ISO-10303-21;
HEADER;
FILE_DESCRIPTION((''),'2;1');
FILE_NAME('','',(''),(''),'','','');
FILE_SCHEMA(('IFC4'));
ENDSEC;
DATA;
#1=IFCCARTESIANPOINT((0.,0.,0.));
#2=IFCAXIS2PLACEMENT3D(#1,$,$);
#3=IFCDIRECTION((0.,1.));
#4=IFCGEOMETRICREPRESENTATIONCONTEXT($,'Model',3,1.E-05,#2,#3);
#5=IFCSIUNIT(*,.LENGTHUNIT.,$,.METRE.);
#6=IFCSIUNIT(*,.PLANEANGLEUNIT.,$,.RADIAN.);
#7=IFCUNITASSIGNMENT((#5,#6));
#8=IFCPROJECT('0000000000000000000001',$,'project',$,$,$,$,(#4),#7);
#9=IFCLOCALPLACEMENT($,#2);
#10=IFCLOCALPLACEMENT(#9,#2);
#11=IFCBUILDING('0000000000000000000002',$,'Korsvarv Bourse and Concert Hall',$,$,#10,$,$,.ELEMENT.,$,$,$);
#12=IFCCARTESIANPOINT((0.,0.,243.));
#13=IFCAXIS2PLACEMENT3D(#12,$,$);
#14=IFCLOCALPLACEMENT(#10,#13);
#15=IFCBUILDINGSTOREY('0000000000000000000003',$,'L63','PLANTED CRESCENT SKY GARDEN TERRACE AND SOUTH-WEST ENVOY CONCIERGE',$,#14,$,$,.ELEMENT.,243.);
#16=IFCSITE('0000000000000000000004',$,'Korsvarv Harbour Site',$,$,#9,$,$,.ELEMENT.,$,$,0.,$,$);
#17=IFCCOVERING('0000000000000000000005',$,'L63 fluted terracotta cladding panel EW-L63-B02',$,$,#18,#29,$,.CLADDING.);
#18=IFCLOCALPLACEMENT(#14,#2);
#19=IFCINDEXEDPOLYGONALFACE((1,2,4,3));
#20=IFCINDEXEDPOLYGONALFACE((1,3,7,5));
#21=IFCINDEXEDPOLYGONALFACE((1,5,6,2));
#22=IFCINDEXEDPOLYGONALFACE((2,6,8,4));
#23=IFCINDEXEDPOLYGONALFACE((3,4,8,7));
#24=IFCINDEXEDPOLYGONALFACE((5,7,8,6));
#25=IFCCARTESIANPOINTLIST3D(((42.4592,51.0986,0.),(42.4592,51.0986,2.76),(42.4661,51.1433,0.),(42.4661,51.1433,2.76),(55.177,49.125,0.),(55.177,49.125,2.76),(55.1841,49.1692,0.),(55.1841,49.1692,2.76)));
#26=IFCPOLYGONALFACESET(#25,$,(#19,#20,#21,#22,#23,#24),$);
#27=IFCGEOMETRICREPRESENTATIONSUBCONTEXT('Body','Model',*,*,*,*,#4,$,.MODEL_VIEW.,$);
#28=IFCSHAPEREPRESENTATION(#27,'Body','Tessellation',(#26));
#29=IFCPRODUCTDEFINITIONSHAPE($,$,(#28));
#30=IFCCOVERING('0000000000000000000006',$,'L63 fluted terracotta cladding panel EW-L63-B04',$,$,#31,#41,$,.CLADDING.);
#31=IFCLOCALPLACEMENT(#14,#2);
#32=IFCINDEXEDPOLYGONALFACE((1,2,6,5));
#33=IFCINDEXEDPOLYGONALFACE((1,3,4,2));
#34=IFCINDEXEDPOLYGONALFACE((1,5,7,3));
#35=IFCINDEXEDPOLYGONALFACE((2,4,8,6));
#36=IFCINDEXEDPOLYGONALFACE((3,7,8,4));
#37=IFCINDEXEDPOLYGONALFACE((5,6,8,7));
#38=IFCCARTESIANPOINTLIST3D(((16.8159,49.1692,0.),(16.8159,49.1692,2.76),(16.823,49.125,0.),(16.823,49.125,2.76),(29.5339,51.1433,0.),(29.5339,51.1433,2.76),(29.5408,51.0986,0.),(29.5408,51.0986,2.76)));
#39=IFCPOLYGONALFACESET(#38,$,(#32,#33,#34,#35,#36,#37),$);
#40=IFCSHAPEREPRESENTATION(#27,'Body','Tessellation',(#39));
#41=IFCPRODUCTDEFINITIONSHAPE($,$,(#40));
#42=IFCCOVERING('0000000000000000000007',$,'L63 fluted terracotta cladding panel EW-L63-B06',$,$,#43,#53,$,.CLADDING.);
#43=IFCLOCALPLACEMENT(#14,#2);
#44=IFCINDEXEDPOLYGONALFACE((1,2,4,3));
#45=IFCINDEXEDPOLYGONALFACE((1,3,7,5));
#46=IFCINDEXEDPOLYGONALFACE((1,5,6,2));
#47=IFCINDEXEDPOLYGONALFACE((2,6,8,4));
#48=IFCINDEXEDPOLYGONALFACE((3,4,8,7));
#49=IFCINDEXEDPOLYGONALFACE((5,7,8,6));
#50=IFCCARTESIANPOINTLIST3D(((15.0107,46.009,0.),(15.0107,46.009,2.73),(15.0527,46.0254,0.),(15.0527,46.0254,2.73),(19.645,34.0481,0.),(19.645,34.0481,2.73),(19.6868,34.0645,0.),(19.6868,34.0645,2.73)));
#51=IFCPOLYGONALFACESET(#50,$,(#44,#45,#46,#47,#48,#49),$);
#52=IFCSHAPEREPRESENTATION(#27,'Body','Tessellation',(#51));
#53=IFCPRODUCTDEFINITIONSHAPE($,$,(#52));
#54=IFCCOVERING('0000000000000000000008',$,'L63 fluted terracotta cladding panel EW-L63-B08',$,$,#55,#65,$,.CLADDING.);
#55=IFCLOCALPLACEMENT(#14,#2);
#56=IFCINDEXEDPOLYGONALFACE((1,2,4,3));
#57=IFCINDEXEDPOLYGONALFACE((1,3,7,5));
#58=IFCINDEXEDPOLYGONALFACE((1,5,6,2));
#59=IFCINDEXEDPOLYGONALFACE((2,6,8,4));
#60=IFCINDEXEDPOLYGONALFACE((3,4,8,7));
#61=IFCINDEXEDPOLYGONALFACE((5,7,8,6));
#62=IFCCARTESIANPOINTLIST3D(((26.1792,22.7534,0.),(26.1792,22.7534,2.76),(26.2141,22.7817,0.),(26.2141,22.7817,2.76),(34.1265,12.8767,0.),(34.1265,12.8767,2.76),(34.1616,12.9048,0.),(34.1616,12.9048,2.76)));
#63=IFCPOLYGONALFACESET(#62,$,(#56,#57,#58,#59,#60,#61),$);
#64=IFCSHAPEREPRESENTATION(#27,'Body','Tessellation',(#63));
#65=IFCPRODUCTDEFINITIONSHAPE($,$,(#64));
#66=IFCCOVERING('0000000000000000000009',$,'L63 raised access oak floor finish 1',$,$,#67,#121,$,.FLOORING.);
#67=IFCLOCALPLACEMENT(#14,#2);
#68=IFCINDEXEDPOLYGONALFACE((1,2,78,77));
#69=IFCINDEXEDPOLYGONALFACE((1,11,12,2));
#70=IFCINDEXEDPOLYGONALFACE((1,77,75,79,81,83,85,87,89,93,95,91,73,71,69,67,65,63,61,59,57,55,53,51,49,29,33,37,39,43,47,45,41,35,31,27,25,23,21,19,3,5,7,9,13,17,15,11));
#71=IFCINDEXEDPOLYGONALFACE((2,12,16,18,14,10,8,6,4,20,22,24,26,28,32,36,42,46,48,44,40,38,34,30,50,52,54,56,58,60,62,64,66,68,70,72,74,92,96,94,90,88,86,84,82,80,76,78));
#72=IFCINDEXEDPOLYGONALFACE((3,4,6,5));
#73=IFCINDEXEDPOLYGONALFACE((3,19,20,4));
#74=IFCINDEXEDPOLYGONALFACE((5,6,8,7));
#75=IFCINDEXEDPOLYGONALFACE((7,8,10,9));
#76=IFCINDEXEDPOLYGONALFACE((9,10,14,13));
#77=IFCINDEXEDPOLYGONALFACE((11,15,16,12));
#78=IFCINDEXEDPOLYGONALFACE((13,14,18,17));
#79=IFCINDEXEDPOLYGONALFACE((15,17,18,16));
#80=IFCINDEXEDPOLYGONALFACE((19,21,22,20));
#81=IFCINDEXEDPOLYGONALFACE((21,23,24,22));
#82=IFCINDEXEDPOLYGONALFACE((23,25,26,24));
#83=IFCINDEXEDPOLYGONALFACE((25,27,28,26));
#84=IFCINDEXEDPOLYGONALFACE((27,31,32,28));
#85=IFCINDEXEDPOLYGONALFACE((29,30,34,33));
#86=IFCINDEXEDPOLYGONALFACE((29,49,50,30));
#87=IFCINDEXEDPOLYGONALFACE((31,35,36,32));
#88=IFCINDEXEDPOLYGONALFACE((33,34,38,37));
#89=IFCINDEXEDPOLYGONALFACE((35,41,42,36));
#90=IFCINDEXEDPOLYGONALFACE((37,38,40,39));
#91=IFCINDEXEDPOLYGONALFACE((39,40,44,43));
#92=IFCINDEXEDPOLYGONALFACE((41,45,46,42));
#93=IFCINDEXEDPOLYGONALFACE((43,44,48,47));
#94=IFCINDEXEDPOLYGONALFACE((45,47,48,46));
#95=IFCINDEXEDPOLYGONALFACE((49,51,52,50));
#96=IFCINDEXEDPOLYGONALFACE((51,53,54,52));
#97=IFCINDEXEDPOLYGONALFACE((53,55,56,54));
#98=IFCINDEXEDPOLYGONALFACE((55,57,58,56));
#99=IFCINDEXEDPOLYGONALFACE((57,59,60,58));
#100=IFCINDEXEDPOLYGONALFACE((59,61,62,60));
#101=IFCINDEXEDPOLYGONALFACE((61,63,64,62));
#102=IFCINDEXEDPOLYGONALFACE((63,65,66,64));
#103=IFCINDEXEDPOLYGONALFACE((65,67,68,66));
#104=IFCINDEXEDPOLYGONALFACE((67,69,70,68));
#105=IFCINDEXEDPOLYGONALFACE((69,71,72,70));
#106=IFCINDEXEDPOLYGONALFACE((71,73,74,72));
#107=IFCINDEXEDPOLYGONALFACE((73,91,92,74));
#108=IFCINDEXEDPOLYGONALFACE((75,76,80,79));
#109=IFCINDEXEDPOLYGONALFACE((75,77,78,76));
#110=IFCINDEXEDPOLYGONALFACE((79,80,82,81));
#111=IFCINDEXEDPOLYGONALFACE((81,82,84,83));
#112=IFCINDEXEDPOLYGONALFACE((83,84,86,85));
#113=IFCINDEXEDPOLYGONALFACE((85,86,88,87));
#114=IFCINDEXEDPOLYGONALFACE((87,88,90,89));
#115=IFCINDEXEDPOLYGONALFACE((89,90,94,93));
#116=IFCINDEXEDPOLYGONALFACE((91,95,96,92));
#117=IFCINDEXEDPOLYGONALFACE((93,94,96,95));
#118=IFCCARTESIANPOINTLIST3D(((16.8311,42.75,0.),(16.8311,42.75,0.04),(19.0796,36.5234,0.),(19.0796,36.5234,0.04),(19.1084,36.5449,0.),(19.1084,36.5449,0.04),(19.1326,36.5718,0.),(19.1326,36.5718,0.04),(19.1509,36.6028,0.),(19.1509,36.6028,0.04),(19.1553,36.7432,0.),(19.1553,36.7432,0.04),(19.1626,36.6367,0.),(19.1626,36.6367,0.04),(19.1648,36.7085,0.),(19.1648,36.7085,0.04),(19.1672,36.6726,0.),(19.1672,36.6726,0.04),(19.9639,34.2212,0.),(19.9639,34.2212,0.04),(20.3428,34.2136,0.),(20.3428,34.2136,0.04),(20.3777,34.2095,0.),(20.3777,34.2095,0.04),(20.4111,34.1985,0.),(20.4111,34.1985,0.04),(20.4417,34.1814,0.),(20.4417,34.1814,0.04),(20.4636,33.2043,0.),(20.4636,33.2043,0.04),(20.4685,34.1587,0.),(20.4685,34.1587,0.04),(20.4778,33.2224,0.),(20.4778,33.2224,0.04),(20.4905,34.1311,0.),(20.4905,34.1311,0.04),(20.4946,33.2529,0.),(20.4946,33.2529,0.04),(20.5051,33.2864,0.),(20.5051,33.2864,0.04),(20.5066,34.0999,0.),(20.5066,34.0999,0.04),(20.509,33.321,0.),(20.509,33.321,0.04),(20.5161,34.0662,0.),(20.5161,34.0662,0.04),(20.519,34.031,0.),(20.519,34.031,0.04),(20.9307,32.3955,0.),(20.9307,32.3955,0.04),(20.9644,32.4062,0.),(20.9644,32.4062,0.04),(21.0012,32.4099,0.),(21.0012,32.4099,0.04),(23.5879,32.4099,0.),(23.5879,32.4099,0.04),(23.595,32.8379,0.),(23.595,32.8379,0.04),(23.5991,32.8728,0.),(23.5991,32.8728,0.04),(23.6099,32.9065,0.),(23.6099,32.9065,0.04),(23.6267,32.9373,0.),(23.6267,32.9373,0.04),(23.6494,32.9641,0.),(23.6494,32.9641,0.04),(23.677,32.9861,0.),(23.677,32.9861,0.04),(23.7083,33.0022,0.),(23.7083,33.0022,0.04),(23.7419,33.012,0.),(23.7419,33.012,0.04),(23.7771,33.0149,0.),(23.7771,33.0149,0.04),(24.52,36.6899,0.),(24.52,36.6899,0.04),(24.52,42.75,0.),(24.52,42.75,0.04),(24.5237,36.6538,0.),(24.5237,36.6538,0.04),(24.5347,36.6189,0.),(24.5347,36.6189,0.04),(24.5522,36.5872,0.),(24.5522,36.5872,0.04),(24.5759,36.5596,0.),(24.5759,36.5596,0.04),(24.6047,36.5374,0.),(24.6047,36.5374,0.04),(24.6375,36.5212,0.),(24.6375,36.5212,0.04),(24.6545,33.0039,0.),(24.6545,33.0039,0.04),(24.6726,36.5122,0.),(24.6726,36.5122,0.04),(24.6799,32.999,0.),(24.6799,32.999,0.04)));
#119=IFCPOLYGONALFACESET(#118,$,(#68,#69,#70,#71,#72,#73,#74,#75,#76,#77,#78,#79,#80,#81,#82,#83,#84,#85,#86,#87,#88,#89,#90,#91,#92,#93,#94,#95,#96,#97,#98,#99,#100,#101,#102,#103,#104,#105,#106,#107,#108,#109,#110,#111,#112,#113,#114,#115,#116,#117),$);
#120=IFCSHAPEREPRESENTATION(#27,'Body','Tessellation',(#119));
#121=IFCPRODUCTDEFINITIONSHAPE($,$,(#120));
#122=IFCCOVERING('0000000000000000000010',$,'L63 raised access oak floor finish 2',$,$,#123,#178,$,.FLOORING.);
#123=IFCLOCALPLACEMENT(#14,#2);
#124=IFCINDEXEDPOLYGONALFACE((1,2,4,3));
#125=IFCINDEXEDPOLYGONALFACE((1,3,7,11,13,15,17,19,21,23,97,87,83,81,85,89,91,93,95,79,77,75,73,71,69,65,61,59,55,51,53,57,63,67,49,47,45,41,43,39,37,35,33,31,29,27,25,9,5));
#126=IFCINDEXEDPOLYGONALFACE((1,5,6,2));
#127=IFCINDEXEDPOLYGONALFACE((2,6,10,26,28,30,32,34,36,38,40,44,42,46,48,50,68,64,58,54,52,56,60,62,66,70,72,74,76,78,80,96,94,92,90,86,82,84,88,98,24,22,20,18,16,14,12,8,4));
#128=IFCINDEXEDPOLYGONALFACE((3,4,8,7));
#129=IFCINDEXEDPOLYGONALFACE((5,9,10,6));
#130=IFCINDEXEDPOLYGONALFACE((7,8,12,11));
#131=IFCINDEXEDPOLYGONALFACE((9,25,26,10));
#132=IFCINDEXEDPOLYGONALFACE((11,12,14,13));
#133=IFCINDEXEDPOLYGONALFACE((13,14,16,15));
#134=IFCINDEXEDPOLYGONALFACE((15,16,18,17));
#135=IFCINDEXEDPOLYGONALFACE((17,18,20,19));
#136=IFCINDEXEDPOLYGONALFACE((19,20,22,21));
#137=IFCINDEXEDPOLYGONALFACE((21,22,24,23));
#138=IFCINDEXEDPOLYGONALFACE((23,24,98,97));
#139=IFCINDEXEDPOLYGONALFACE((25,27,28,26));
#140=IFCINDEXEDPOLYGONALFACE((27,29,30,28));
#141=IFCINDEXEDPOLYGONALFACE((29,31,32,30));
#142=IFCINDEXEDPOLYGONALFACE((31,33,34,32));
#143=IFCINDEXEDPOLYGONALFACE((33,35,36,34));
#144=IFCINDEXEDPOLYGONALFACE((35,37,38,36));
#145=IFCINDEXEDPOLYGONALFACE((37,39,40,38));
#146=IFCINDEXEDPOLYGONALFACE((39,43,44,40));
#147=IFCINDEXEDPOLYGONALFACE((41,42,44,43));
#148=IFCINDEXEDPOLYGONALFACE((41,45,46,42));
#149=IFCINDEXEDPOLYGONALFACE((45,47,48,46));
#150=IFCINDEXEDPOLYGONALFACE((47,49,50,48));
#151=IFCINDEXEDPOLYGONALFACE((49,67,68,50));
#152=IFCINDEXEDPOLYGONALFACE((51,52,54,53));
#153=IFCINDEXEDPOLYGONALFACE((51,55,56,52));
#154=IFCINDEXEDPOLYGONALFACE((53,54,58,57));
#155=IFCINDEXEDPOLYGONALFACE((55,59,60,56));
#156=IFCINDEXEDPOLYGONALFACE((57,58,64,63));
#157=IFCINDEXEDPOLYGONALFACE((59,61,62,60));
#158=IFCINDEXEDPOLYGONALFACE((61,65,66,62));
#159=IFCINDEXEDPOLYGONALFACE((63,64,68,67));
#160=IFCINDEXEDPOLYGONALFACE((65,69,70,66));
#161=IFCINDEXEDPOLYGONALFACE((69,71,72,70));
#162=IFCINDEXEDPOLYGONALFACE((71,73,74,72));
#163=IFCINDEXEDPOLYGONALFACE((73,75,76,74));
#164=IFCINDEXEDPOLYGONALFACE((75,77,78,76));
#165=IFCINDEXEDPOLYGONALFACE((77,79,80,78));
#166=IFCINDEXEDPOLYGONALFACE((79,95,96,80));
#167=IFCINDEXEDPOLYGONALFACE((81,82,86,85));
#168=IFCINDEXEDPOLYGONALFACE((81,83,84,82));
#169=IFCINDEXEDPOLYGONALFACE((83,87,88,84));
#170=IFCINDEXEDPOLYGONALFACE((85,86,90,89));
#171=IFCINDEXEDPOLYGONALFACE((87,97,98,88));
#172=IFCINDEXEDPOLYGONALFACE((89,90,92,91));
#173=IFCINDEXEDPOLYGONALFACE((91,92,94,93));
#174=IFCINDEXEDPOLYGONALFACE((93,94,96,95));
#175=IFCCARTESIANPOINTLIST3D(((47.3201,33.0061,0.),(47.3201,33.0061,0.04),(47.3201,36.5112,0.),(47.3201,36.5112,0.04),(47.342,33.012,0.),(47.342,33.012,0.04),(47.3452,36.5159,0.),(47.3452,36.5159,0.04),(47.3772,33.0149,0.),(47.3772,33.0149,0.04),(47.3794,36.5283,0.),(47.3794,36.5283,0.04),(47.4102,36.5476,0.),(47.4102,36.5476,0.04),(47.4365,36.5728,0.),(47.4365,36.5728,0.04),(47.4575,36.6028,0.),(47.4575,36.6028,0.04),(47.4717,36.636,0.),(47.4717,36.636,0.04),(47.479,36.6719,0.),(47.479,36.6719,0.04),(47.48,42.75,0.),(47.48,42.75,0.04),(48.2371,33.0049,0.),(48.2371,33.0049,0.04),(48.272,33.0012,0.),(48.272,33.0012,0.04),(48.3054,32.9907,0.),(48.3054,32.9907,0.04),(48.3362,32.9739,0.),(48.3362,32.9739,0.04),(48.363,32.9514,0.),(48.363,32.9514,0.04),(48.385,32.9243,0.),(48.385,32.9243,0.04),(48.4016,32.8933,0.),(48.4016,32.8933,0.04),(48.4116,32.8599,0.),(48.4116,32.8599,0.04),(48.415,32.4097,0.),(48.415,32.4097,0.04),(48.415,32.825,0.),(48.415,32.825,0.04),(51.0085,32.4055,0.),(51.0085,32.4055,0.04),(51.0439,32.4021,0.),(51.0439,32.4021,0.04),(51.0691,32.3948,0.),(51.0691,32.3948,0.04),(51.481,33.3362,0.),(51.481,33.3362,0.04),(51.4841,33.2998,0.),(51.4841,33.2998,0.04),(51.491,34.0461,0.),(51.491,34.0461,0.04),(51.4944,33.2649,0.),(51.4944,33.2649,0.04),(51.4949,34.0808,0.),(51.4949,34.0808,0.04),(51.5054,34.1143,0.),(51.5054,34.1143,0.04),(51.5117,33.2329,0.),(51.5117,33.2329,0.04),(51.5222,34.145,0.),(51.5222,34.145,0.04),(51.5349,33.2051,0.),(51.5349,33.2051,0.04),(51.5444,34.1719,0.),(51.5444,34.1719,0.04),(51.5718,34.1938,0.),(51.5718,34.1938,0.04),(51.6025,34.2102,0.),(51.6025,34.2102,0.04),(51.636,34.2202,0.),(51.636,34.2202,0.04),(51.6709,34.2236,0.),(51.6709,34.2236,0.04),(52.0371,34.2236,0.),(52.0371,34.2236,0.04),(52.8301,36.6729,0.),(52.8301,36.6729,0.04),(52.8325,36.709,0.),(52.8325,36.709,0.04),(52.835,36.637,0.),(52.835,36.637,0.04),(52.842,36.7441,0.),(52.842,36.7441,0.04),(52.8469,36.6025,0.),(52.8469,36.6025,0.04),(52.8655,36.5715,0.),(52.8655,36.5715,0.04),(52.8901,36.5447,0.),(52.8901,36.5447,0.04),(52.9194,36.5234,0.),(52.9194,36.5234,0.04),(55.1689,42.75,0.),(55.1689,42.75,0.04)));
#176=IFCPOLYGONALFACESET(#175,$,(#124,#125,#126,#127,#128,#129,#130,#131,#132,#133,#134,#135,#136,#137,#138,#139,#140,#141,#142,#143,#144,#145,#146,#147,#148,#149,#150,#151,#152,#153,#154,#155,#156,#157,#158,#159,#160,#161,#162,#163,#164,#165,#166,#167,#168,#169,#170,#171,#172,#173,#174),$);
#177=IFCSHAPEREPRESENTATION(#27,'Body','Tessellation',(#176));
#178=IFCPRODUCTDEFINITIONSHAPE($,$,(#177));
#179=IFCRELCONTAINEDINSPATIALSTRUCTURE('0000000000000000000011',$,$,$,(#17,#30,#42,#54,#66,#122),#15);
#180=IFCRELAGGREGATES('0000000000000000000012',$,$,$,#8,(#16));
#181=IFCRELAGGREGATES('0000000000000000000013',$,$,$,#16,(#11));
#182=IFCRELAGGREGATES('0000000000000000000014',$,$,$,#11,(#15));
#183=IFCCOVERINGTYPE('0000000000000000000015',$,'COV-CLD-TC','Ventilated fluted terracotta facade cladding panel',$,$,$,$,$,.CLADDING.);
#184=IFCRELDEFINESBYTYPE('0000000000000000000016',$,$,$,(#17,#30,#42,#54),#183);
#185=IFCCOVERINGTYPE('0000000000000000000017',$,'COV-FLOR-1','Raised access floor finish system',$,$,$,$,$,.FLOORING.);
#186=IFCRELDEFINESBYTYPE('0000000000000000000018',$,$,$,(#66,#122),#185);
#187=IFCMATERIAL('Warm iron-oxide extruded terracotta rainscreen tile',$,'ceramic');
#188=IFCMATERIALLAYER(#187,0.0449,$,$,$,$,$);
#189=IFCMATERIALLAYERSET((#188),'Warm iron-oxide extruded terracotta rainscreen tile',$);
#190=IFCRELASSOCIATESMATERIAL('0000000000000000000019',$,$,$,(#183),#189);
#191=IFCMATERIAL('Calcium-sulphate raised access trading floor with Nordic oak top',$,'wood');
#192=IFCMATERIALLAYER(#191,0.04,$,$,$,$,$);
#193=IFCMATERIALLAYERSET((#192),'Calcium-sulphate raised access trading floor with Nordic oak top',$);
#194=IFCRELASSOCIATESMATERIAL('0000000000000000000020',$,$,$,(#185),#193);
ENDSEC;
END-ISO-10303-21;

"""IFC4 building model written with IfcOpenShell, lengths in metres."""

from ifc_helpers import new_model, si_unit, direction, frame, origin, place, context, subcontext, project, spatial, polyline, outline, extrude, material, layer, layer_set, type_object, element, save


model = new_model("IFC4")

# Units and contexts
model_context = context("Model", 3, precision=1e-05, world=origin(), true_north=direction((0.0, 1.0)))
body_context = subcontext(model_context, "Body", "Model", "MODEL_VIEW")
ifc_project = project(units=[si_unit("LENGTHUNIT", "METRE"), si_unit("PLANEANGLEUNIT", "RADIAN")], contexts=[model_context])

# Site, building, storey
site_placement = place(None, origin())
site = spatial("IfcSite", under=ifc_project, at=site_placement, Name="Korsvarv Harbour Site", CompositionType="ELEMENT", RefElevation=0.0)
building_placement = place(site_placement, origin())
building = spatial("IfcBuilding", under=site, at=building_placement, Name="Korsvarv Bourse and Concert Hall", CompositionType="ELEMENT")
storey_placement = place(building_placement, frame((0.0, 0.0, 243.0)))
storey = spatial("IfcBuildingStorey", under=building, at=storey_placement, Name="L63", Description="PLANTED CRESCENT SKY GARDEN TERRACE AND SOUTH-WEST ENVOY CONCIERGE", CompositionType="ELEMENT", Elevation=243.0)

# Coverings
ifc_material_1 = material(Name="Warm iron-oxide extruded terracotta rainscreen tile", Category="ceramic")
ifc_layer_1 = layer(ifc_material_1, 0.0449)
ifc_layer_set_1 = layer_set([ifc_layer_1], Name="Warm iron-oxide extruded terracotta rainscreen tile")
covering_type_1 = type_object("IfcCoveringType", Name="COV-CLD-TC", Description="Ventilated fluted terracotta facade cladding panel", PredefinedType="CLADDING", material=ifc_layer_set_1)
covering_1_placement = place(storey_placement, origin())
element("IfcCovering", 1, at=covering_1_placement, inside=storey, type_object=covering_type_1, Name="L63 fluted terracotta cladding panel EW-L63-B02", PredefinedType="CLADDING", context=body_context, shape_type="SweptSolid", body=[
    extrude(outline(polyline([(55.177, 49.125), (42.4592, 51.0986), (42.4661, 51.1433), (55.1841, 49.1692), (55.177, 49.125)])), origin(), (0.0, 0.0, 1.0), 2.76),
])
covering_2_placement = place(storey_placement, origin())
element("IfcCovering", 2, at=covering_2_placement, inside=storey, type_object=covering_type_1, Name="L63 fluted terracotta cladding panel EW-L63-B04", PredefinedType="CLADDING", context=body_context, shape_type="SweptSolid", body=[
    extrude(outline(polyline([(29.5408, 51.0986), (16.823, 49.125), (16.8159, 49.1692), (29.5339, 51.1433), (29.5408, 51.0986)])), origin(), (0.0, 0.0, 1.0), 2.76),
])
covering_3_placement = place(storey_placement, origin())
element("IfcCovering", 3, at=covering_3_placement, inside=storey, type_object=covering_type_1, Name="L63 fluted terracotta cladding panel EW-L63-B06", PredefinedType="CLADDING", context=body_context, shape_type="SweptSolid", body=[
    extrude(outline(polyline([(15.0527, 46.0254), (19.6868, 34.0645), (19.645, 34.0481), (15.0107, 46.009), (15.0527, 46.0254)])), origin(), (0.0, 0.0, 1.0), 2.73),
])
covering_4_placement = place(storey_placement, origin())
element("IfcCovering", 4, at=covering_4_placement, inside=storey, type_object=covering_type_1, Name="L63 fluted terracotta cladding panel EW-L63-B08", PredefinedType="CLADDING", context=body_context, shape_type="SweptSolid", body=[
    extrude(outline(polyline([(26.2141, 22.7817), (34.1616, 12.9048), (34.1265, 12.8767), (26.1792, 22.7534), (26.2141, 22.7817)])), origin(), (0.0, 0.0, 1.0), 2.76),
])
ifc_material_2 = material(Name="Calcium-sulphate raised access trading floor with Nordic oak top", Category="wood")
ifc_layer_2 = layer(ifc_material_2, 0.04)
ifc_layer_set_2 = layer_set([ifc_layer_2], Name="Calcium-sulphate raised access trading floor with Nordic oak top")
covering_type_2 = type_object("IfcCoveringType", Name="COV-FLOR-1", Description="Raised access floor finish system", PredefinedType="FLOORING", material=ifc_layer_set_2)
covering_5_placement = place(storey_placement, origin())
element("IfcCovering", 5, at=covering_5_placement, inside=storey, type_object=covering_type_2, Name="L63 raised access oak floor finish 1", PredefinedType="FLOORING", context=body_context, shape_type="SweptSolid", body=[
    extrude(outline(polyline([(19.0796, 36.5234), (19.1084, 36.5449), (19.1326, 36.5718), (19.1509, 36.6028), (19.1626, 36.6367), (19.1672, 36.6726), (19.1648, 36.7085), (19.1553, 36.7432), (16.8311, 42.75), (24.52, 42.75), (24.52, 36.6899), (24.5237, 36.6538), (24.5347, 36.6189), (24.5522, 36.5872), (24.5759, 36.5596), (24.6047, 36.5374), (24.6375, 36.5212), (24.6726, 36.5122), (24.6799, 32.999), (24.6545, 33.0039), (23.7771, 33.0149), (23.7419, 33.012), (23.7083, 33.0022), (23.677, 32.9861), (23.6494, 32.9641), (23.6267, 32.9373), (23.6099, 32.9065), (23.5991, 32.8728), (23.595, 32.8379), (23.5879, 32.4099), (21.0012, 32.4099), (20.9644, 32.4062), (20.9307, 32.3955), (20.4636, 33.2043), (20.4778, 33.2224), (20.4946, 33.2529), (20.5051, 33.2864), (20.509, 33.321), (20.519, 34.031), (20.5161, 34.0662), (20.5066, 34.0999), (20.4905, 34.1311), (20.4685, 34.1587), (20.4417, 34.1814), (20.4111, 34.1985), (20.3777, 34.2095), (20.3428, 34.2136), (19.9639, 34.2212), (19.0796, 36.5234)])), origin(), (0.0, 0.0, 1.0), 0.04),
])
covering_6_placement = place(storey_placement, origin())
element("IfcCovering", 6, at=covering_6_placement, inside=storey, type_object=covering_type_2, Name="L63 raised access oak floor finish 2", PredefinedType="FLOORING", context=body_context, shape_type="SweptSolid", body=[
    extrude(outline(polyline([(47.3201, 36.5112), (47.3452, 36.5159), (47.3794, 36.5283), (47.4102, 36.5476), (47.4365, 36.5728), (47.4575, 36.6028), (47.4717, 36.636), (47.479, 36.6719), (47.48, 42.75), (55.1689, 42.75), (52.842, 36.7441), (52.8325, 36.709), (52.8301, 36.6729), (52.835, 36.637), (52.8469, 36.6025), (52.8655, 36.5715), (52.8901, 36.5447), (52.9194, 36.5234), (52.0371, 34.2236), (51.6709, 34.2236), (51.636, 34.2202), (51.6025, 34.2102), (51.5718, 34.1938), (51.5444, 34.1719), (51.5222, 34.145), (51.5054, 34.1143), (51.4949, 34.0808), (51.491, 34.0461), (51.481, 33.3362), (51.4841, 33.2998), (51.4944, 33.2649), (51.5117, 33.2329), (51.5349, 33.2051), (51.0691, 32.3948), (51.0439, 32.4021), (51.0085, 32.4055), (48.415, 32.4097), (48.415, 32.825), (48.4116, 32.8599), (48.4016, 32.8933), (48.385, 32.9243), (48.363, 32.9514), (48.3362, 32.9739), (48.3054, 32.9907), (48.272, 33.0012), (48.2371, 33.0049), (47.3772, 33.0149), (47.342, 33.012), (47.3201, 33.0061), (47.3201, 36.5112)])), origin(), (0.0, 0.0, 1.0), 0.04),
])

save(model, "model.ifc")
